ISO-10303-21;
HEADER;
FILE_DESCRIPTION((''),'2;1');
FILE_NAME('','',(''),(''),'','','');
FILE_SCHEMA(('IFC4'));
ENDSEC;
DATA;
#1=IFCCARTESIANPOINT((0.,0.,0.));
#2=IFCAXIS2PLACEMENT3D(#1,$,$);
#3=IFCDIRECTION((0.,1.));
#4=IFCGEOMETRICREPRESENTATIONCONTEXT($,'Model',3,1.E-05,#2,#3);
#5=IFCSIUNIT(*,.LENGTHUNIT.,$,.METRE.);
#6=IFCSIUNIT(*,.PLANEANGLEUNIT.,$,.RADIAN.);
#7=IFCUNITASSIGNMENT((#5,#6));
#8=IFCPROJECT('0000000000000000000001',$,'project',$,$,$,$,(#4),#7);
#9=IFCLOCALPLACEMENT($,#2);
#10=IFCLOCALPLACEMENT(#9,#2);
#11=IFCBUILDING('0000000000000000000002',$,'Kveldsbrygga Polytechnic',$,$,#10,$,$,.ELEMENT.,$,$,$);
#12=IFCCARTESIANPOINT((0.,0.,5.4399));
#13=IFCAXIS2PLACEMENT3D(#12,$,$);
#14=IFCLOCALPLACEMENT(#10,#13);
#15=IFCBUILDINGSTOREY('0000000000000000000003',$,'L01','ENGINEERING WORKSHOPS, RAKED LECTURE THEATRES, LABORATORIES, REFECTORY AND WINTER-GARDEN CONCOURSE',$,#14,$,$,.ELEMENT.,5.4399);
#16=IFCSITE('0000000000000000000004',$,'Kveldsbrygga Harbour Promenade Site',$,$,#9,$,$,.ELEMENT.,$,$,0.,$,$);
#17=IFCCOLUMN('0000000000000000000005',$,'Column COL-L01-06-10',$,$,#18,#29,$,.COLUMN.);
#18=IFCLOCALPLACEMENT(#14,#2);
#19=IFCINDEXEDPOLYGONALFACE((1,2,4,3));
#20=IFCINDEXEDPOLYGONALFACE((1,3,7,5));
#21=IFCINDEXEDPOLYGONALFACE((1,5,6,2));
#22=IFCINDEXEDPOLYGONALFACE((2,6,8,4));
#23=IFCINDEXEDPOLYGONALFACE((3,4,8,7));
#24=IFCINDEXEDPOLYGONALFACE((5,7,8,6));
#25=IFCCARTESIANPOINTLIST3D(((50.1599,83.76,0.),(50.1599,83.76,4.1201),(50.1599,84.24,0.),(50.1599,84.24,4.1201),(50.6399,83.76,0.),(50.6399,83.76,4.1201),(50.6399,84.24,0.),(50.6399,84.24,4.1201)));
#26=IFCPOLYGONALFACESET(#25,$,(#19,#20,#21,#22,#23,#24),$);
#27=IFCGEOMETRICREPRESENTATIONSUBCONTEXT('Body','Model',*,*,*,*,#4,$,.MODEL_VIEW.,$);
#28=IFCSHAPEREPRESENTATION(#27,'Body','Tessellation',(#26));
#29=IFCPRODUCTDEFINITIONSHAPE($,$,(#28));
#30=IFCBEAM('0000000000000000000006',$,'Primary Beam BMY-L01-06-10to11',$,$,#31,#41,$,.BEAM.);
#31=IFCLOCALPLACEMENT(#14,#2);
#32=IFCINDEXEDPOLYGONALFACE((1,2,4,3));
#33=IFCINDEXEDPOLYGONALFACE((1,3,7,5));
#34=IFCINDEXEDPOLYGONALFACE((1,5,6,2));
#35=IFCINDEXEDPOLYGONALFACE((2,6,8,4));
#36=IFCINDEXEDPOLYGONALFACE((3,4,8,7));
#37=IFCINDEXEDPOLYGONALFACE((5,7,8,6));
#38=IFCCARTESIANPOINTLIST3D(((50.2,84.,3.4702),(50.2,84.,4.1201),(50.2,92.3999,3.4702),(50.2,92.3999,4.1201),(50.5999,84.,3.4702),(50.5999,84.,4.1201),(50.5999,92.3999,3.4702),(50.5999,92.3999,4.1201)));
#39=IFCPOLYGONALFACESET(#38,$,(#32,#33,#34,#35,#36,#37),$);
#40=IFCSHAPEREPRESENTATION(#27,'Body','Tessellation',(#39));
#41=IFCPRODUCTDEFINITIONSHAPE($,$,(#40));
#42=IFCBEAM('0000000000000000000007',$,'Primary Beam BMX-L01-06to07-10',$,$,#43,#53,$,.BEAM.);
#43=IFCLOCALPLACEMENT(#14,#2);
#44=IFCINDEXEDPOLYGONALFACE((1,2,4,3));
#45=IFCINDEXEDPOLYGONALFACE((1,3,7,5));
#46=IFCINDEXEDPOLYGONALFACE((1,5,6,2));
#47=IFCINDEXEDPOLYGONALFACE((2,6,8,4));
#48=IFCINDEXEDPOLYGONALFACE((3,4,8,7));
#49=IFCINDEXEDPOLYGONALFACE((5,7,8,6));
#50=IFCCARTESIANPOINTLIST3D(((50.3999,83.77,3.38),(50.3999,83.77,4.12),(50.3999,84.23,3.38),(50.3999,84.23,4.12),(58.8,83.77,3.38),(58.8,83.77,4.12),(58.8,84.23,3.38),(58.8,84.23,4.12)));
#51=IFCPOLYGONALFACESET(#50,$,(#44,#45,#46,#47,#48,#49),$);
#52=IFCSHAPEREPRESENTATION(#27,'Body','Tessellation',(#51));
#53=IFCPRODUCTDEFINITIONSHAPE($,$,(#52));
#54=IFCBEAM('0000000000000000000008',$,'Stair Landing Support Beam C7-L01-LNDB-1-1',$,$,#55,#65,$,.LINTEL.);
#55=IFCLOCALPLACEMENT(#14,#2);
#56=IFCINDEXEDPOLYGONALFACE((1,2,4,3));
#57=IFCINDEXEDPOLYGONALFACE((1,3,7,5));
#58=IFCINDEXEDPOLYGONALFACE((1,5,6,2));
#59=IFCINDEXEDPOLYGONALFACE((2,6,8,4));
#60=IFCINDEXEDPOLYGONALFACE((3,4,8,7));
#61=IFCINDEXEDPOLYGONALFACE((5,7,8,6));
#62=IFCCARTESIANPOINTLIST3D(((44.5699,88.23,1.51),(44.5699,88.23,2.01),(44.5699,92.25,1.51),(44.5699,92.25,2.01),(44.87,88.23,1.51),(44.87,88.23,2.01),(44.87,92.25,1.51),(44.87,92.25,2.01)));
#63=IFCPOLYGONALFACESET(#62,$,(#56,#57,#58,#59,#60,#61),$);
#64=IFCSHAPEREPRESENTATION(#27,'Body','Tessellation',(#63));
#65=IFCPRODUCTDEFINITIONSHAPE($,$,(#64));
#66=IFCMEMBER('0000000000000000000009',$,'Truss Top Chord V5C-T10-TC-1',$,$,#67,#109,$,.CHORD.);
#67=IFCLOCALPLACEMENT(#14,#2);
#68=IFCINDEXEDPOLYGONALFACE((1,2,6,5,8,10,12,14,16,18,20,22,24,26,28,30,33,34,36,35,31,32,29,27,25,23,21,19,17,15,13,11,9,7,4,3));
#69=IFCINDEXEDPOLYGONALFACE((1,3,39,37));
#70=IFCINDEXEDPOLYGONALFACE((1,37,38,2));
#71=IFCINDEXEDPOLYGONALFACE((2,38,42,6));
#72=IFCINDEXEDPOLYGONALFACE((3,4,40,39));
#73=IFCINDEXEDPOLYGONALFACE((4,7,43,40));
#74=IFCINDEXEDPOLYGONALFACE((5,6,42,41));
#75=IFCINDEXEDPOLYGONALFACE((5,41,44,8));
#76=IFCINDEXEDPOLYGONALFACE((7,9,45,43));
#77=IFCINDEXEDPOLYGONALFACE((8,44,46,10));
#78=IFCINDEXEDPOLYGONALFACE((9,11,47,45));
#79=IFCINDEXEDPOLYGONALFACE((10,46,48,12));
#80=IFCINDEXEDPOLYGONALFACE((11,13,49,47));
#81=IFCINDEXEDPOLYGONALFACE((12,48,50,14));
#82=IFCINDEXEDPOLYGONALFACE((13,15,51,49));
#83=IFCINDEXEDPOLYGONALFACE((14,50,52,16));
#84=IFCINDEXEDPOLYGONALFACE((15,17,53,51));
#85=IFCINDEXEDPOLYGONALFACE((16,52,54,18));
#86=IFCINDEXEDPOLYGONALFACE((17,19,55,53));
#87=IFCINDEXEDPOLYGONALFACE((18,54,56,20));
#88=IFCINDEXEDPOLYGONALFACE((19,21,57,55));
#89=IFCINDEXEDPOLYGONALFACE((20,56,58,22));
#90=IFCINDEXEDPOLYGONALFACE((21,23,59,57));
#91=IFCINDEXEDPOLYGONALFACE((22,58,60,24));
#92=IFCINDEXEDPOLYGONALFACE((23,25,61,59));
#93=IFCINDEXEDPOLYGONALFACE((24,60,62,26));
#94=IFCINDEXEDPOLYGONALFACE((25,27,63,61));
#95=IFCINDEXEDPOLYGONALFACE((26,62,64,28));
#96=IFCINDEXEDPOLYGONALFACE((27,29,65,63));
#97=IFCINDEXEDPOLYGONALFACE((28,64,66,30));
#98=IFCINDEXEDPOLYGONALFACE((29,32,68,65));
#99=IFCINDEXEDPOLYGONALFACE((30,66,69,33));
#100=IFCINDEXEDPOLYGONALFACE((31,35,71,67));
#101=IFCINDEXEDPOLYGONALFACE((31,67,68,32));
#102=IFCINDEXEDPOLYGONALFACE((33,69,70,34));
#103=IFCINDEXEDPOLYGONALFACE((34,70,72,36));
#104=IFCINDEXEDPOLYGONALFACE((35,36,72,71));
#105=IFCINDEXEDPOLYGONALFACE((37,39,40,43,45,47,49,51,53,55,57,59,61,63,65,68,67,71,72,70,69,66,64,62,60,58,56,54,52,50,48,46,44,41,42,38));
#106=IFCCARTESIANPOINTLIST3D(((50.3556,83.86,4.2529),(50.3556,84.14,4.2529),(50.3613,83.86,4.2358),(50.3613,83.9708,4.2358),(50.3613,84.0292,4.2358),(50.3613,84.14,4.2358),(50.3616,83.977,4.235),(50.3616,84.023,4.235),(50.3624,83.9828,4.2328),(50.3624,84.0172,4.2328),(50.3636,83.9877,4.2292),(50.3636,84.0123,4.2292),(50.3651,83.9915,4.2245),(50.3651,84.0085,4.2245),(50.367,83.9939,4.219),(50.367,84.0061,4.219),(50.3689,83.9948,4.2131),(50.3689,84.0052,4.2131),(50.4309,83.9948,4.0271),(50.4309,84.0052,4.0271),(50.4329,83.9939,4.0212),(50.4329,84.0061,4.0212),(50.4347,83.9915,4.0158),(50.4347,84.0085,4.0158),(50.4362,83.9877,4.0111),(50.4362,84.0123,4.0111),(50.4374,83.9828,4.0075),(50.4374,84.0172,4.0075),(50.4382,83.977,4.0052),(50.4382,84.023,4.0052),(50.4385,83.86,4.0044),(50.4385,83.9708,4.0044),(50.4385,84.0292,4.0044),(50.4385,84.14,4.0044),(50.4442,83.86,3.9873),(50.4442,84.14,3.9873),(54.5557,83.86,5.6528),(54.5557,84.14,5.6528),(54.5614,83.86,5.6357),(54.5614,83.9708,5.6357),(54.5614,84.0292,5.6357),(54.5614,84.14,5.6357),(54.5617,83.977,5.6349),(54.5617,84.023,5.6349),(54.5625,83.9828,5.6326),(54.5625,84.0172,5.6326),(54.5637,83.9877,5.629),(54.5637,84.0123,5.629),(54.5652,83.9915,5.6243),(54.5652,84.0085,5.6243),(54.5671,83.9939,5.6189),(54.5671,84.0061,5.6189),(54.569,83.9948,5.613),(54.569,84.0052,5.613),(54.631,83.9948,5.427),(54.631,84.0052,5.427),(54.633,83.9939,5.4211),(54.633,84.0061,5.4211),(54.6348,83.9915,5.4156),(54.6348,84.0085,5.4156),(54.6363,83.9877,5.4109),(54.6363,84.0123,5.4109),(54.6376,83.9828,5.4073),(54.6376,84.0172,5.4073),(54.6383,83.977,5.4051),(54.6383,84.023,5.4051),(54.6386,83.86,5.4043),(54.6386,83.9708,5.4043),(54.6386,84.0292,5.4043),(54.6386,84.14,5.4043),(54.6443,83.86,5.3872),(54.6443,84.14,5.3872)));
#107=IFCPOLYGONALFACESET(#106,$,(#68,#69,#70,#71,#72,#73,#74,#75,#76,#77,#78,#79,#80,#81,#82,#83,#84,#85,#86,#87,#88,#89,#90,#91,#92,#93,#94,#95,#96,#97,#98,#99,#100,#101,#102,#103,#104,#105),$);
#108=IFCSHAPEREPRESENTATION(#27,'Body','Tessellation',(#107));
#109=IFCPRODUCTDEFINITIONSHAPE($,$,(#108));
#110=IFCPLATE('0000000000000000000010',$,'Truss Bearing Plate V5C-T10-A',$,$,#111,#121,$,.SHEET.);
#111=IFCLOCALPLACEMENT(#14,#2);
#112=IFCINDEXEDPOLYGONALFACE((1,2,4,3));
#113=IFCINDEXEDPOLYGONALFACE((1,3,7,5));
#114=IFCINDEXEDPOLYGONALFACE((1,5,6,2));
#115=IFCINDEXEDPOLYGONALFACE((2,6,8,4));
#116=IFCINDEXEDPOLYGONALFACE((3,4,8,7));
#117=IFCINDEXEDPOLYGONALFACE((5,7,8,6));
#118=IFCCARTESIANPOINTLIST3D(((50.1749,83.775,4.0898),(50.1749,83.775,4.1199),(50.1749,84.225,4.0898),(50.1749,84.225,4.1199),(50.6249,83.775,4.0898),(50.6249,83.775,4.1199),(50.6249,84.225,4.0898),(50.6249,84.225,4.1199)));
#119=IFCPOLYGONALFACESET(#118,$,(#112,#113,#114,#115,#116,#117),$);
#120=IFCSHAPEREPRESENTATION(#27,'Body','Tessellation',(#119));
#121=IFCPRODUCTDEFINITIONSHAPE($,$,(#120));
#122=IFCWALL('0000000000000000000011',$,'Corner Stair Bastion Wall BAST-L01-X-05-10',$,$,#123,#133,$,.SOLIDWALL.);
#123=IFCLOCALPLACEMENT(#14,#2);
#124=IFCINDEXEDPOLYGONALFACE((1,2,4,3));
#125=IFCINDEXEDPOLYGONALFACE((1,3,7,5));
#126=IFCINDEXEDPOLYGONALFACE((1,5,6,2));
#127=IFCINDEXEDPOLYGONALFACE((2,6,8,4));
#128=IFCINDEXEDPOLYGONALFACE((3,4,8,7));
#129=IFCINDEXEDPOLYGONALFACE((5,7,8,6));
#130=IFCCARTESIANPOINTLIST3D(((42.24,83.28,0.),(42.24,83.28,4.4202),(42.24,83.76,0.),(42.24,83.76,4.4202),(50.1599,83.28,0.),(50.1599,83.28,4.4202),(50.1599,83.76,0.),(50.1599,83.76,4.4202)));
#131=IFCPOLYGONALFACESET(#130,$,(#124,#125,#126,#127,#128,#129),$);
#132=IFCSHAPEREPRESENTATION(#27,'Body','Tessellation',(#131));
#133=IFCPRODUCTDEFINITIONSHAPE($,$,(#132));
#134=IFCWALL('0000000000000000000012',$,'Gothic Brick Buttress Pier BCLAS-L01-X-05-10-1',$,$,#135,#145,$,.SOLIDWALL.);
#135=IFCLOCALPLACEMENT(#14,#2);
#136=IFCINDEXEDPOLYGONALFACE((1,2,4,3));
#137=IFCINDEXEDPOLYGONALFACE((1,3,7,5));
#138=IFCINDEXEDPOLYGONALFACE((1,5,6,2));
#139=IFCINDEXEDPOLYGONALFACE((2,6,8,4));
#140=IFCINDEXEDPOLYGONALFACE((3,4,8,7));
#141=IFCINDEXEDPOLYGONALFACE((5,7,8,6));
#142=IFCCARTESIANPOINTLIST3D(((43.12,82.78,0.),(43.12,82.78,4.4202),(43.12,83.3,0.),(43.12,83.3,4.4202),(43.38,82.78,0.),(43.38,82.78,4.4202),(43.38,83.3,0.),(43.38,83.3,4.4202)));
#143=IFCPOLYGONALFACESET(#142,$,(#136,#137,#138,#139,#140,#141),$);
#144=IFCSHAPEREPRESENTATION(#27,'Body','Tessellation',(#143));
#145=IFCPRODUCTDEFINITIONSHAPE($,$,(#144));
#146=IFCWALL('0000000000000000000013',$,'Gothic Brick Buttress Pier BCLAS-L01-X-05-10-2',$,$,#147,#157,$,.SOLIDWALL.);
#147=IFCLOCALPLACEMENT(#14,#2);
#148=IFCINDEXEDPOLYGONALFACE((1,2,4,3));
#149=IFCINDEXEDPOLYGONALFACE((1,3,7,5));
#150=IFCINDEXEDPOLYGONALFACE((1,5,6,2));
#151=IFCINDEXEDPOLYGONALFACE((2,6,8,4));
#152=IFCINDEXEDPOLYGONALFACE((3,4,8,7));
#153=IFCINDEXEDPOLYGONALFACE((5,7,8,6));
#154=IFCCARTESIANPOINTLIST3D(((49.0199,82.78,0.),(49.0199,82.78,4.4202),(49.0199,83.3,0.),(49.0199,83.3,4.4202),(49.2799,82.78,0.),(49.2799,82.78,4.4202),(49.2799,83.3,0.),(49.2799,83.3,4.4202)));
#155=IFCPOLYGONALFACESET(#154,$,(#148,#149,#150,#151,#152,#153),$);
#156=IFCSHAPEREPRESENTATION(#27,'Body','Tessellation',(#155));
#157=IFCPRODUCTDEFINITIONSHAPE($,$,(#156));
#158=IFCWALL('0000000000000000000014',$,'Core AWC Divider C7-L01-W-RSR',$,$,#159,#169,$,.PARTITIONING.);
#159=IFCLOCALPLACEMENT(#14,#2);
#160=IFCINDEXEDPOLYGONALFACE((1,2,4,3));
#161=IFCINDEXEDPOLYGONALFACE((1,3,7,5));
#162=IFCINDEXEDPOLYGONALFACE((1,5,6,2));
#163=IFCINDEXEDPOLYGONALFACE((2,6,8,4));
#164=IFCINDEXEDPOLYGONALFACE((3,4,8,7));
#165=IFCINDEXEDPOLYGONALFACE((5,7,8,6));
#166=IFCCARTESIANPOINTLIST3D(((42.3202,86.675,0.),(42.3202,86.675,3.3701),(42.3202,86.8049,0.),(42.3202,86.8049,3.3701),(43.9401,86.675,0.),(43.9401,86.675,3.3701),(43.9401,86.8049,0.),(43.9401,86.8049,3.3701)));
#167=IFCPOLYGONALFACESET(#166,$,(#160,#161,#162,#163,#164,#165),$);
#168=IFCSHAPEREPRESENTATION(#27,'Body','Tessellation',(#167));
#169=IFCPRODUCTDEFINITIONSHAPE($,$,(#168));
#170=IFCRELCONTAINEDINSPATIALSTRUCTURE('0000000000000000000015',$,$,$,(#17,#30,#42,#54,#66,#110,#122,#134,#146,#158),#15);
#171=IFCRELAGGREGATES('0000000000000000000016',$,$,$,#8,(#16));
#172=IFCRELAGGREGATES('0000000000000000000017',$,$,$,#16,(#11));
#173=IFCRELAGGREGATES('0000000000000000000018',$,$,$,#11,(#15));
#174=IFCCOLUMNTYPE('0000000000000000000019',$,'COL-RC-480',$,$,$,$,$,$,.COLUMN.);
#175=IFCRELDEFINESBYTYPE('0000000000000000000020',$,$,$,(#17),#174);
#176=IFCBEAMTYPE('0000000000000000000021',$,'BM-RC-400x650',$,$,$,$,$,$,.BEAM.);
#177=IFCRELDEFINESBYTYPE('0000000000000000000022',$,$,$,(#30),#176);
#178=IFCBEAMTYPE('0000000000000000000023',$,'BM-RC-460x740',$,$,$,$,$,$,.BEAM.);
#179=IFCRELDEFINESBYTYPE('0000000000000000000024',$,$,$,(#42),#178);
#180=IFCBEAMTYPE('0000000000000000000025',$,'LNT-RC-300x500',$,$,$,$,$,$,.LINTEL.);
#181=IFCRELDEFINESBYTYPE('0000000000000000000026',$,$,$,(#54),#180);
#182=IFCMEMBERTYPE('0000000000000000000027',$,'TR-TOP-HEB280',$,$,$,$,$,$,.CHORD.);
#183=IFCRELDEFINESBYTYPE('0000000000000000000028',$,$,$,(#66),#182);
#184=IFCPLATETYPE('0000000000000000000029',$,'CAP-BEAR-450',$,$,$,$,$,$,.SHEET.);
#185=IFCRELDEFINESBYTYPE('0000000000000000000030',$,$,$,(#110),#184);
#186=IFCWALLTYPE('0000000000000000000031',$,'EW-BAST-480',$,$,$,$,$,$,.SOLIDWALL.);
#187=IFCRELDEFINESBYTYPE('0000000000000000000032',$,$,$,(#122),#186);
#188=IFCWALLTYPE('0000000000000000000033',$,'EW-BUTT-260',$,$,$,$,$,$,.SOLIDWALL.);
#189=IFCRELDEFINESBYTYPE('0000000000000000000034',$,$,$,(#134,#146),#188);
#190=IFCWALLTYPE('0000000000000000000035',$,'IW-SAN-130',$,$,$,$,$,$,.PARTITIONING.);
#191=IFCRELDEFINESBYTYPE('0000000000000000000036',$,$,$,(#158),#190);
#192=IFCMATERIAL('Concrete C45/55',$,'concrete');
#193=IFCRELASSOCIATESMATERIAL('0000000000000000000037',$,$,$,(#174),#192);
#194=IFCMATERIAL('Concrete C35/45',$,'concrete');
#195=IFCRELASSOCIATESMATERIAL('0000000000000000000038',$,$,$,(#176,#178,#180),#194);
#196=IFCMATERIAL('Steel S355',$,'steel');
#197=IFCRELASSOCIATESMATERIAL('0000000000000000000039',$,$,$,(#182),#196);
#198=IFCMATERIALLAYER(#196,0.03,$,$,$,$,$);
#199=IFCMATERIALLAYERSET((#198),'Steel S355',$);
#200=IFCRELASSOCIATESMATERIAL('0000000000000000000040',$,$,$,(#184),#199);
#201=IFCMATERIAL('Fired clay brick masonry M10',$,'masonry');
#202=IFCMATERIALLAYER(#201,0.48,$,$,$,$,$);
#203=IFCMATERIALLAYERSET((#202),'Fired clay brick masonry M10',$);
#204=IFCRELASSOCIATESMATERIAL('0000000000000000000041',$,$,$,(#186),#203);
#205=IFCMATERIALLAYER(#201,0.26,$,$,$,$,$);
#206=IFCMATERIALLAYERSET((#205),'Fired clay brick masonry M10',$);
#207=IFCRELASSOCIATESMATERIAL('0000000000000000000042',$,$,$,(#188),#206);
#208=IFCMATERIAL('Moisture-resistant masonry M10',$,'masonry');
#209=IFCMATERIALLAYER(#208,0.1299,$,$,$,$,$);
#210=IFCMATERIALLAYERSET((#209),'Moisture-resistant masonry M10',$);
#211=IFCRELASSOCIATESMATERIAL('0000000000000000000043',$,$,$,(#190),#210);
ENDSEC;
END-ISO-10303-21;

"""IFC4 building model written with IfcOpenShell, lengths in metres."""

from ifc_helpers import new_model, si_unit, direction, frame, frame_2d, origin, origin_2d, place, context, subcontext, project, spatial, rectangle, i_section, extrude, material, layer, layer_set, material_profile, profile_set, type_object, element, save


model = new_model("IFC4")

# Units and contexts
model_context = context("Model", 3, precision=1e-05, world=origin(), true_north=direction((0.0, 1.0)))
body_context = subcontext(model_context, "Body", "Model", "MODEL_VIEW")
ifc_project = project(units=[si_unit("LENGTHUNIT", "METRE"), si_unit("PLANEANGLEUNIT", "RADIAN")], contexts=[model_context])

# Site, building, storey
site_placement = place(None, origin())
site = spatial("IfcSite", under=ifc_project, at=site_placement, Name="Kveldsbrygga Harbour Promenade Site", CompositionType="ELEMENT", RefElevation=0.0)
building_placement = place(site_placement, origin())
building = spatial("IfcBuilding", under=site, at=building_placement, Name="Kveldsbrygga Polytechnic", CompositionType="ELEMENT")
storey_placement = place(building_placement, frame((0.0, 0.0, 5.4399)))
storey = spatial("IfcBuildingStorey", under=building, at=storey_placement, Name="L01", Description="ENGINEERING WORKSHOPS, RAKED LECTURE THEATRES, LABORATORIES, REFECTORY AND WINTER-GARDEN CONCOURSE", CompositionType="ELEMENT", Elevation=5.4399)

# Column
ifc_material_1 = material(Name="Concrete C45/55", Category="concrete")
ifc_material_profile_1 = material_profile(ifc_material_1, rectangle(XDim=0.48, YDim=0.48, at=origin_2d()), Name="RC 480x480")
ifc_profile_set_1 = profile_set([ifc_material_profile_1], Name="Concrete C45/55")
column_type = type_object("IfcColumnType", Name="COL-RC-480", PredefinedType="COLUMN", material=ifc_profile_set_1)
column_placement = place(storey_placement, frame((50.3999, 84.0, 0.0), z_axis=(0.0, 0.0, 1.0), x_axis=(1.0, 0.0, 0.0)))
element("IfcColumn", 1, at=column_placement, inside=storey, type_object=column_type, Name="Column COL-L01-06-10", PredefinedType="COLUMN", context=body_context, shape_type="SweptSolid", body=[
    extrude(rectangle(XDim=0.48, YDim=0.48, at=origin_2d()), origin(), (0.0, 0.0, 1.0), 4.1201),
])

# Beams
ifc_material_2 = material(Name="Concrete C35/45", Category="concrete")
ifc_material_profile_2 = material_profile(ifc_material_2, rectangle(XDim=0.3999, YDim=0.6499, at=origin_2d()), Name="RC 400x650")
ifc_profile_set_2 = profile_set([ifc_material_profile_2], Name="Concrete C35/45")
beam_type_1 = type_object("IfcBeamType", Name="BM-RC-400x650", PredefinedType="BEAM", material=ifc_profile_set_2)
beam_1_placement = place(storey_placement, frame((50.3999, 84.0, 3.7952), z_axis=(0.0, 1.0, 0.0), x_axis=(-1.0, 0.0, 0.0)))
element("IfcBeam", 2, at=beam_1_placement, inside=storey, type_object=beam_type_1, Name="Primary Beam BMY-L01-06-10to11", PredefinedType="BEAM", context=body_context, shape_type="SweptSolid", body=[
    extrude(rectangle(XDim=0.3999, YDim=0.6499, at=origin_2d()), origin(), (0.0, 0.0, 1.0), 8.3999),
])
ifc_material_profile_3 = material_profile(ifc_material_2, rectangle(XDim=0.46, YDim=0.74, at=origin_2d()), Name="RC 460x740")
ifc_profile_set_3 = profile_set([ifc_material_profile_3], Name="Concrete C35/45")
beam_type_2 = type_object("IfcBeamType", Name="BM-RC-460x740", PredefinedType="BEAM", material=ifc_profile_set_3)
beam_2_placement = place(storey_placement, frame((50.3999, 84.0, 3.75), z_axis=(1.0, 0.0, 0.0), x_axis=(0.0, 1.0, 0.0)))
element("IfcBeam", 3, at=beam_2_placement, inside=storey, type_object=beam_type_2, Name="Primary Beam BMX-L01-06to07-10", PredefinedType="BEAM", context=body_context, shape_type="SweptSolid", body=[
    extrude(rectangle(XDim=0.46, YDim=0.74, at=origin_2d()), origin(), (0.0, 0.0, 1.0), 8.4001),
])
ifc_material_profile_4 = material_profile(ifc_material_2, rectangle(XDim=0.3, YDim=0.5, at=origin_2d()), Name="RC 300x500")
ifc_profile_set_4 = profile_set([ifc_material_profile_4], Name="Concrete C35/45")
beam_type_3 = type_object("IfcBeamType", Name="LNT-RC-300x500", PredefinedType="LINTEL", material=ifc_profile_set_4)
beam_3_placement = place(storey_placement, frame((44.72, 88.23, 1.76), z_axis=(0.0, 1.0, 0.0), x_axis=(-1.0, 0.0, 0.0)))
element("IfcBeam", 4, at=beam_3_placement, inside=storey, type_object=beam_type_3, Name="Stair Landing Support Beam C7-L01-LNDB-1-1", PredefinedType="LINTEL", context=body_context, shape_type="SweptSolid", body=[
    extrude(rectangle(XDim=0.3, YDim=0.5, at=origin_2d()), origin(), (0.0, 0.0, 1.0), 4.02),
])

# Member
ifc_material_3 = material(Name="Steel S355", Category="steel")
ifc_material_profile_5 = material_profile(ifc_material_3, i_section(OverallWidth=0.28, OverallDepth=0.28, WebThickness=0.0105, FlangeThickness=0.0181, FilletRadius=0.0239, at=origin_2d()), Name="HEB 280")
ifc_profile_set_5 = profile_set([ifc_material_profile_5], Name="Steel S355")
member_type = type_object("IfcMemberType", Name="TR-TOP-HEB280", PredefinedType="CHORD", material=ifc_profile_set_5)
member_placement = place(storey_placement, frame((50.3999, 84.0, 4.1201), z_axis=(0.948694, 0.0, 0.316195), x_axis=(0.0, 1.0, 0.0)))
element("IfcMember", 5, at=member_placement, inside=storey, type_object=member_type, Name="Truss Top Chord V5C-T10-TC-1", PredefinedType="CHORD", context=body_context, shape_type="SweptSolid", body=[
    extrude(i_section(OverallWidth=0.28, OverallDepth=0.28, WebThickness=0.0105, FlangeThickness=0.0181, FilletRadius=0.0239, at=origin_2d()), origin(), (0.0, 0.0, 1.0), 4.4272),
])

# Plate
ifc_layer_1 = layer(ifc_material_3, 0.03)
ifc_layer_set_1 = layer_set([ifc_layer_1], Name="Steel S355")
plate_type = type_object("IfcPlateType", Name="CAP-BEAR-450", PredefinedType="SHEET", material=ifc_layer_set_1)
plate_placement = place(storey_placement, frame((50.3999, 84.0, 4.0898), z_axis=(0.0, 0.0, 1.0), x_axis=(1.0, 0.0, 0.0)))
element("IfcPlate", 6, at=plate_placement, inside=storey, type_object=plate_type, Name="Truss Bearing Plate V5C-T10-A", PredefinedType="SHEET", context=body_context, shape_type="SweptSolid", body=[
    extrude(rectangle(XDim=0.45, YDim=0.45, at=origin_2d()), origin(), (0.0, 0.0, 1.0), 0.03),
])

# Walls
ifc_material_4 = material(Name="Fired clay brick masonry M10", Category="masonry")
ifc_layer_2 = layer(ifc_material_4, 0.48)
ifc_layer_set_2 = layer_set([ifc_layer_2], Name="Fired clay brick masonry M10")
wall_type_1 = type_object("IfcWallType", Name="EW-BAST-480", PredefinedType="SOLIDWALL", material=ifc_layer_set_2)
wall_1_placement = place(storey_placement, frame((42.24, 83.52, 0.0), z_axis=(0.0, 0.0, 1.0), x_axis=(1.0, 0.0, 0.0)))
element("IfcWall", 7, at=wall_1_placement, inside=storey, type_object=wall_type_1, Name="Corner Stair Bastion Wall BAST-L01-X-05-10", PredefinedType="SOLIDWALL", context=body_context, shape_type="SweptSolid", body=[
    extrude(rectangle(XDim=7.9199, YDim=0.48, at=frame_2d((3.96, 0.0))), origin(), (0.0, 0.0, 1.0), 4.4202),
])
ifc_layer_3 = layer(ifc_material_4, 0.26)
ifc_layer_set_3 = layer_set([ifc_layer_3], Name="Fired clay brick masonry M10")
wall_type_2 = type_object("IfcWallType", Name="EW-BUTT-260", PredefinedType="SOLIDWALL", material=ifc_layer_set_3)
for number, where, z_axis, x_axis, name in (
    (8, (43.25, 83.3, 0.0), (0.0, 0.0, 1.0), (0.0, -1.0, 0.0), "Gothic Brick Buttress Pier BCLAS-L01-X-05-10-1"),
    (9, (49.1499, 83.3, 0.0), (0.0, 0.0, 1.0), (0.0, -1.0, 0.0), "Gothic Brick Buttress Pier BCLAS-L01-X-05-10-2"),
):
    element("IfcWall", number, at=place(storey_placement, frame(where, z_axis=z_axis, x_axis=x_axis)), inside=storey, type_object=wall_type_2, Name=name, PredefinedType="SOLIDWALL", context=body_context, shape_type="SweptSolid", body=[
        extrude(rectangle(XDim=0.52, YDim=0.26, at=frame_2d((0.26, 0.0))), origin(), (0.0, 0.0, 1.0), 4.4202),
    ])
ifc_material_5 = material(Name="Moisture-resistant masonry M10", Category="masonry")
ifc_layer_4 = layer(ifc_material_5, 0.1299)
ifc_layer_set_4 = layer_set([ifc_layer_4], Name="Moisture-resistant masonry M10")
wall_type_3 = type_object("IfcWallType", Name="IW-SAN-130", PredefinedType="PARTITIONING", material=ifc_layer_set_4)
wall_2_placement = place(storey_placement, frame((42.3201, 86.74, 0.0), z_axis=(0.0, 0.0, 1.0), x_axis=(1.0, 0.0, 0.0)))
element("IfcWall", 10, at=wall_2_placement, inside=storey, type_object=wall_type_3, Name="Core AWC Divider C7-L01-W-RSR", PredefinedType="PARTITIONING", context=body_context, shape_type="SweptSolid", body=[
    extrude(rectangle(XDim=1.6199, YDim=0.1299, at=frame_2d((0.8101, 0.0))), origin(), (0.0, 0.0, 1.0), 3.3701),
])

save(model, "model.ifc")
